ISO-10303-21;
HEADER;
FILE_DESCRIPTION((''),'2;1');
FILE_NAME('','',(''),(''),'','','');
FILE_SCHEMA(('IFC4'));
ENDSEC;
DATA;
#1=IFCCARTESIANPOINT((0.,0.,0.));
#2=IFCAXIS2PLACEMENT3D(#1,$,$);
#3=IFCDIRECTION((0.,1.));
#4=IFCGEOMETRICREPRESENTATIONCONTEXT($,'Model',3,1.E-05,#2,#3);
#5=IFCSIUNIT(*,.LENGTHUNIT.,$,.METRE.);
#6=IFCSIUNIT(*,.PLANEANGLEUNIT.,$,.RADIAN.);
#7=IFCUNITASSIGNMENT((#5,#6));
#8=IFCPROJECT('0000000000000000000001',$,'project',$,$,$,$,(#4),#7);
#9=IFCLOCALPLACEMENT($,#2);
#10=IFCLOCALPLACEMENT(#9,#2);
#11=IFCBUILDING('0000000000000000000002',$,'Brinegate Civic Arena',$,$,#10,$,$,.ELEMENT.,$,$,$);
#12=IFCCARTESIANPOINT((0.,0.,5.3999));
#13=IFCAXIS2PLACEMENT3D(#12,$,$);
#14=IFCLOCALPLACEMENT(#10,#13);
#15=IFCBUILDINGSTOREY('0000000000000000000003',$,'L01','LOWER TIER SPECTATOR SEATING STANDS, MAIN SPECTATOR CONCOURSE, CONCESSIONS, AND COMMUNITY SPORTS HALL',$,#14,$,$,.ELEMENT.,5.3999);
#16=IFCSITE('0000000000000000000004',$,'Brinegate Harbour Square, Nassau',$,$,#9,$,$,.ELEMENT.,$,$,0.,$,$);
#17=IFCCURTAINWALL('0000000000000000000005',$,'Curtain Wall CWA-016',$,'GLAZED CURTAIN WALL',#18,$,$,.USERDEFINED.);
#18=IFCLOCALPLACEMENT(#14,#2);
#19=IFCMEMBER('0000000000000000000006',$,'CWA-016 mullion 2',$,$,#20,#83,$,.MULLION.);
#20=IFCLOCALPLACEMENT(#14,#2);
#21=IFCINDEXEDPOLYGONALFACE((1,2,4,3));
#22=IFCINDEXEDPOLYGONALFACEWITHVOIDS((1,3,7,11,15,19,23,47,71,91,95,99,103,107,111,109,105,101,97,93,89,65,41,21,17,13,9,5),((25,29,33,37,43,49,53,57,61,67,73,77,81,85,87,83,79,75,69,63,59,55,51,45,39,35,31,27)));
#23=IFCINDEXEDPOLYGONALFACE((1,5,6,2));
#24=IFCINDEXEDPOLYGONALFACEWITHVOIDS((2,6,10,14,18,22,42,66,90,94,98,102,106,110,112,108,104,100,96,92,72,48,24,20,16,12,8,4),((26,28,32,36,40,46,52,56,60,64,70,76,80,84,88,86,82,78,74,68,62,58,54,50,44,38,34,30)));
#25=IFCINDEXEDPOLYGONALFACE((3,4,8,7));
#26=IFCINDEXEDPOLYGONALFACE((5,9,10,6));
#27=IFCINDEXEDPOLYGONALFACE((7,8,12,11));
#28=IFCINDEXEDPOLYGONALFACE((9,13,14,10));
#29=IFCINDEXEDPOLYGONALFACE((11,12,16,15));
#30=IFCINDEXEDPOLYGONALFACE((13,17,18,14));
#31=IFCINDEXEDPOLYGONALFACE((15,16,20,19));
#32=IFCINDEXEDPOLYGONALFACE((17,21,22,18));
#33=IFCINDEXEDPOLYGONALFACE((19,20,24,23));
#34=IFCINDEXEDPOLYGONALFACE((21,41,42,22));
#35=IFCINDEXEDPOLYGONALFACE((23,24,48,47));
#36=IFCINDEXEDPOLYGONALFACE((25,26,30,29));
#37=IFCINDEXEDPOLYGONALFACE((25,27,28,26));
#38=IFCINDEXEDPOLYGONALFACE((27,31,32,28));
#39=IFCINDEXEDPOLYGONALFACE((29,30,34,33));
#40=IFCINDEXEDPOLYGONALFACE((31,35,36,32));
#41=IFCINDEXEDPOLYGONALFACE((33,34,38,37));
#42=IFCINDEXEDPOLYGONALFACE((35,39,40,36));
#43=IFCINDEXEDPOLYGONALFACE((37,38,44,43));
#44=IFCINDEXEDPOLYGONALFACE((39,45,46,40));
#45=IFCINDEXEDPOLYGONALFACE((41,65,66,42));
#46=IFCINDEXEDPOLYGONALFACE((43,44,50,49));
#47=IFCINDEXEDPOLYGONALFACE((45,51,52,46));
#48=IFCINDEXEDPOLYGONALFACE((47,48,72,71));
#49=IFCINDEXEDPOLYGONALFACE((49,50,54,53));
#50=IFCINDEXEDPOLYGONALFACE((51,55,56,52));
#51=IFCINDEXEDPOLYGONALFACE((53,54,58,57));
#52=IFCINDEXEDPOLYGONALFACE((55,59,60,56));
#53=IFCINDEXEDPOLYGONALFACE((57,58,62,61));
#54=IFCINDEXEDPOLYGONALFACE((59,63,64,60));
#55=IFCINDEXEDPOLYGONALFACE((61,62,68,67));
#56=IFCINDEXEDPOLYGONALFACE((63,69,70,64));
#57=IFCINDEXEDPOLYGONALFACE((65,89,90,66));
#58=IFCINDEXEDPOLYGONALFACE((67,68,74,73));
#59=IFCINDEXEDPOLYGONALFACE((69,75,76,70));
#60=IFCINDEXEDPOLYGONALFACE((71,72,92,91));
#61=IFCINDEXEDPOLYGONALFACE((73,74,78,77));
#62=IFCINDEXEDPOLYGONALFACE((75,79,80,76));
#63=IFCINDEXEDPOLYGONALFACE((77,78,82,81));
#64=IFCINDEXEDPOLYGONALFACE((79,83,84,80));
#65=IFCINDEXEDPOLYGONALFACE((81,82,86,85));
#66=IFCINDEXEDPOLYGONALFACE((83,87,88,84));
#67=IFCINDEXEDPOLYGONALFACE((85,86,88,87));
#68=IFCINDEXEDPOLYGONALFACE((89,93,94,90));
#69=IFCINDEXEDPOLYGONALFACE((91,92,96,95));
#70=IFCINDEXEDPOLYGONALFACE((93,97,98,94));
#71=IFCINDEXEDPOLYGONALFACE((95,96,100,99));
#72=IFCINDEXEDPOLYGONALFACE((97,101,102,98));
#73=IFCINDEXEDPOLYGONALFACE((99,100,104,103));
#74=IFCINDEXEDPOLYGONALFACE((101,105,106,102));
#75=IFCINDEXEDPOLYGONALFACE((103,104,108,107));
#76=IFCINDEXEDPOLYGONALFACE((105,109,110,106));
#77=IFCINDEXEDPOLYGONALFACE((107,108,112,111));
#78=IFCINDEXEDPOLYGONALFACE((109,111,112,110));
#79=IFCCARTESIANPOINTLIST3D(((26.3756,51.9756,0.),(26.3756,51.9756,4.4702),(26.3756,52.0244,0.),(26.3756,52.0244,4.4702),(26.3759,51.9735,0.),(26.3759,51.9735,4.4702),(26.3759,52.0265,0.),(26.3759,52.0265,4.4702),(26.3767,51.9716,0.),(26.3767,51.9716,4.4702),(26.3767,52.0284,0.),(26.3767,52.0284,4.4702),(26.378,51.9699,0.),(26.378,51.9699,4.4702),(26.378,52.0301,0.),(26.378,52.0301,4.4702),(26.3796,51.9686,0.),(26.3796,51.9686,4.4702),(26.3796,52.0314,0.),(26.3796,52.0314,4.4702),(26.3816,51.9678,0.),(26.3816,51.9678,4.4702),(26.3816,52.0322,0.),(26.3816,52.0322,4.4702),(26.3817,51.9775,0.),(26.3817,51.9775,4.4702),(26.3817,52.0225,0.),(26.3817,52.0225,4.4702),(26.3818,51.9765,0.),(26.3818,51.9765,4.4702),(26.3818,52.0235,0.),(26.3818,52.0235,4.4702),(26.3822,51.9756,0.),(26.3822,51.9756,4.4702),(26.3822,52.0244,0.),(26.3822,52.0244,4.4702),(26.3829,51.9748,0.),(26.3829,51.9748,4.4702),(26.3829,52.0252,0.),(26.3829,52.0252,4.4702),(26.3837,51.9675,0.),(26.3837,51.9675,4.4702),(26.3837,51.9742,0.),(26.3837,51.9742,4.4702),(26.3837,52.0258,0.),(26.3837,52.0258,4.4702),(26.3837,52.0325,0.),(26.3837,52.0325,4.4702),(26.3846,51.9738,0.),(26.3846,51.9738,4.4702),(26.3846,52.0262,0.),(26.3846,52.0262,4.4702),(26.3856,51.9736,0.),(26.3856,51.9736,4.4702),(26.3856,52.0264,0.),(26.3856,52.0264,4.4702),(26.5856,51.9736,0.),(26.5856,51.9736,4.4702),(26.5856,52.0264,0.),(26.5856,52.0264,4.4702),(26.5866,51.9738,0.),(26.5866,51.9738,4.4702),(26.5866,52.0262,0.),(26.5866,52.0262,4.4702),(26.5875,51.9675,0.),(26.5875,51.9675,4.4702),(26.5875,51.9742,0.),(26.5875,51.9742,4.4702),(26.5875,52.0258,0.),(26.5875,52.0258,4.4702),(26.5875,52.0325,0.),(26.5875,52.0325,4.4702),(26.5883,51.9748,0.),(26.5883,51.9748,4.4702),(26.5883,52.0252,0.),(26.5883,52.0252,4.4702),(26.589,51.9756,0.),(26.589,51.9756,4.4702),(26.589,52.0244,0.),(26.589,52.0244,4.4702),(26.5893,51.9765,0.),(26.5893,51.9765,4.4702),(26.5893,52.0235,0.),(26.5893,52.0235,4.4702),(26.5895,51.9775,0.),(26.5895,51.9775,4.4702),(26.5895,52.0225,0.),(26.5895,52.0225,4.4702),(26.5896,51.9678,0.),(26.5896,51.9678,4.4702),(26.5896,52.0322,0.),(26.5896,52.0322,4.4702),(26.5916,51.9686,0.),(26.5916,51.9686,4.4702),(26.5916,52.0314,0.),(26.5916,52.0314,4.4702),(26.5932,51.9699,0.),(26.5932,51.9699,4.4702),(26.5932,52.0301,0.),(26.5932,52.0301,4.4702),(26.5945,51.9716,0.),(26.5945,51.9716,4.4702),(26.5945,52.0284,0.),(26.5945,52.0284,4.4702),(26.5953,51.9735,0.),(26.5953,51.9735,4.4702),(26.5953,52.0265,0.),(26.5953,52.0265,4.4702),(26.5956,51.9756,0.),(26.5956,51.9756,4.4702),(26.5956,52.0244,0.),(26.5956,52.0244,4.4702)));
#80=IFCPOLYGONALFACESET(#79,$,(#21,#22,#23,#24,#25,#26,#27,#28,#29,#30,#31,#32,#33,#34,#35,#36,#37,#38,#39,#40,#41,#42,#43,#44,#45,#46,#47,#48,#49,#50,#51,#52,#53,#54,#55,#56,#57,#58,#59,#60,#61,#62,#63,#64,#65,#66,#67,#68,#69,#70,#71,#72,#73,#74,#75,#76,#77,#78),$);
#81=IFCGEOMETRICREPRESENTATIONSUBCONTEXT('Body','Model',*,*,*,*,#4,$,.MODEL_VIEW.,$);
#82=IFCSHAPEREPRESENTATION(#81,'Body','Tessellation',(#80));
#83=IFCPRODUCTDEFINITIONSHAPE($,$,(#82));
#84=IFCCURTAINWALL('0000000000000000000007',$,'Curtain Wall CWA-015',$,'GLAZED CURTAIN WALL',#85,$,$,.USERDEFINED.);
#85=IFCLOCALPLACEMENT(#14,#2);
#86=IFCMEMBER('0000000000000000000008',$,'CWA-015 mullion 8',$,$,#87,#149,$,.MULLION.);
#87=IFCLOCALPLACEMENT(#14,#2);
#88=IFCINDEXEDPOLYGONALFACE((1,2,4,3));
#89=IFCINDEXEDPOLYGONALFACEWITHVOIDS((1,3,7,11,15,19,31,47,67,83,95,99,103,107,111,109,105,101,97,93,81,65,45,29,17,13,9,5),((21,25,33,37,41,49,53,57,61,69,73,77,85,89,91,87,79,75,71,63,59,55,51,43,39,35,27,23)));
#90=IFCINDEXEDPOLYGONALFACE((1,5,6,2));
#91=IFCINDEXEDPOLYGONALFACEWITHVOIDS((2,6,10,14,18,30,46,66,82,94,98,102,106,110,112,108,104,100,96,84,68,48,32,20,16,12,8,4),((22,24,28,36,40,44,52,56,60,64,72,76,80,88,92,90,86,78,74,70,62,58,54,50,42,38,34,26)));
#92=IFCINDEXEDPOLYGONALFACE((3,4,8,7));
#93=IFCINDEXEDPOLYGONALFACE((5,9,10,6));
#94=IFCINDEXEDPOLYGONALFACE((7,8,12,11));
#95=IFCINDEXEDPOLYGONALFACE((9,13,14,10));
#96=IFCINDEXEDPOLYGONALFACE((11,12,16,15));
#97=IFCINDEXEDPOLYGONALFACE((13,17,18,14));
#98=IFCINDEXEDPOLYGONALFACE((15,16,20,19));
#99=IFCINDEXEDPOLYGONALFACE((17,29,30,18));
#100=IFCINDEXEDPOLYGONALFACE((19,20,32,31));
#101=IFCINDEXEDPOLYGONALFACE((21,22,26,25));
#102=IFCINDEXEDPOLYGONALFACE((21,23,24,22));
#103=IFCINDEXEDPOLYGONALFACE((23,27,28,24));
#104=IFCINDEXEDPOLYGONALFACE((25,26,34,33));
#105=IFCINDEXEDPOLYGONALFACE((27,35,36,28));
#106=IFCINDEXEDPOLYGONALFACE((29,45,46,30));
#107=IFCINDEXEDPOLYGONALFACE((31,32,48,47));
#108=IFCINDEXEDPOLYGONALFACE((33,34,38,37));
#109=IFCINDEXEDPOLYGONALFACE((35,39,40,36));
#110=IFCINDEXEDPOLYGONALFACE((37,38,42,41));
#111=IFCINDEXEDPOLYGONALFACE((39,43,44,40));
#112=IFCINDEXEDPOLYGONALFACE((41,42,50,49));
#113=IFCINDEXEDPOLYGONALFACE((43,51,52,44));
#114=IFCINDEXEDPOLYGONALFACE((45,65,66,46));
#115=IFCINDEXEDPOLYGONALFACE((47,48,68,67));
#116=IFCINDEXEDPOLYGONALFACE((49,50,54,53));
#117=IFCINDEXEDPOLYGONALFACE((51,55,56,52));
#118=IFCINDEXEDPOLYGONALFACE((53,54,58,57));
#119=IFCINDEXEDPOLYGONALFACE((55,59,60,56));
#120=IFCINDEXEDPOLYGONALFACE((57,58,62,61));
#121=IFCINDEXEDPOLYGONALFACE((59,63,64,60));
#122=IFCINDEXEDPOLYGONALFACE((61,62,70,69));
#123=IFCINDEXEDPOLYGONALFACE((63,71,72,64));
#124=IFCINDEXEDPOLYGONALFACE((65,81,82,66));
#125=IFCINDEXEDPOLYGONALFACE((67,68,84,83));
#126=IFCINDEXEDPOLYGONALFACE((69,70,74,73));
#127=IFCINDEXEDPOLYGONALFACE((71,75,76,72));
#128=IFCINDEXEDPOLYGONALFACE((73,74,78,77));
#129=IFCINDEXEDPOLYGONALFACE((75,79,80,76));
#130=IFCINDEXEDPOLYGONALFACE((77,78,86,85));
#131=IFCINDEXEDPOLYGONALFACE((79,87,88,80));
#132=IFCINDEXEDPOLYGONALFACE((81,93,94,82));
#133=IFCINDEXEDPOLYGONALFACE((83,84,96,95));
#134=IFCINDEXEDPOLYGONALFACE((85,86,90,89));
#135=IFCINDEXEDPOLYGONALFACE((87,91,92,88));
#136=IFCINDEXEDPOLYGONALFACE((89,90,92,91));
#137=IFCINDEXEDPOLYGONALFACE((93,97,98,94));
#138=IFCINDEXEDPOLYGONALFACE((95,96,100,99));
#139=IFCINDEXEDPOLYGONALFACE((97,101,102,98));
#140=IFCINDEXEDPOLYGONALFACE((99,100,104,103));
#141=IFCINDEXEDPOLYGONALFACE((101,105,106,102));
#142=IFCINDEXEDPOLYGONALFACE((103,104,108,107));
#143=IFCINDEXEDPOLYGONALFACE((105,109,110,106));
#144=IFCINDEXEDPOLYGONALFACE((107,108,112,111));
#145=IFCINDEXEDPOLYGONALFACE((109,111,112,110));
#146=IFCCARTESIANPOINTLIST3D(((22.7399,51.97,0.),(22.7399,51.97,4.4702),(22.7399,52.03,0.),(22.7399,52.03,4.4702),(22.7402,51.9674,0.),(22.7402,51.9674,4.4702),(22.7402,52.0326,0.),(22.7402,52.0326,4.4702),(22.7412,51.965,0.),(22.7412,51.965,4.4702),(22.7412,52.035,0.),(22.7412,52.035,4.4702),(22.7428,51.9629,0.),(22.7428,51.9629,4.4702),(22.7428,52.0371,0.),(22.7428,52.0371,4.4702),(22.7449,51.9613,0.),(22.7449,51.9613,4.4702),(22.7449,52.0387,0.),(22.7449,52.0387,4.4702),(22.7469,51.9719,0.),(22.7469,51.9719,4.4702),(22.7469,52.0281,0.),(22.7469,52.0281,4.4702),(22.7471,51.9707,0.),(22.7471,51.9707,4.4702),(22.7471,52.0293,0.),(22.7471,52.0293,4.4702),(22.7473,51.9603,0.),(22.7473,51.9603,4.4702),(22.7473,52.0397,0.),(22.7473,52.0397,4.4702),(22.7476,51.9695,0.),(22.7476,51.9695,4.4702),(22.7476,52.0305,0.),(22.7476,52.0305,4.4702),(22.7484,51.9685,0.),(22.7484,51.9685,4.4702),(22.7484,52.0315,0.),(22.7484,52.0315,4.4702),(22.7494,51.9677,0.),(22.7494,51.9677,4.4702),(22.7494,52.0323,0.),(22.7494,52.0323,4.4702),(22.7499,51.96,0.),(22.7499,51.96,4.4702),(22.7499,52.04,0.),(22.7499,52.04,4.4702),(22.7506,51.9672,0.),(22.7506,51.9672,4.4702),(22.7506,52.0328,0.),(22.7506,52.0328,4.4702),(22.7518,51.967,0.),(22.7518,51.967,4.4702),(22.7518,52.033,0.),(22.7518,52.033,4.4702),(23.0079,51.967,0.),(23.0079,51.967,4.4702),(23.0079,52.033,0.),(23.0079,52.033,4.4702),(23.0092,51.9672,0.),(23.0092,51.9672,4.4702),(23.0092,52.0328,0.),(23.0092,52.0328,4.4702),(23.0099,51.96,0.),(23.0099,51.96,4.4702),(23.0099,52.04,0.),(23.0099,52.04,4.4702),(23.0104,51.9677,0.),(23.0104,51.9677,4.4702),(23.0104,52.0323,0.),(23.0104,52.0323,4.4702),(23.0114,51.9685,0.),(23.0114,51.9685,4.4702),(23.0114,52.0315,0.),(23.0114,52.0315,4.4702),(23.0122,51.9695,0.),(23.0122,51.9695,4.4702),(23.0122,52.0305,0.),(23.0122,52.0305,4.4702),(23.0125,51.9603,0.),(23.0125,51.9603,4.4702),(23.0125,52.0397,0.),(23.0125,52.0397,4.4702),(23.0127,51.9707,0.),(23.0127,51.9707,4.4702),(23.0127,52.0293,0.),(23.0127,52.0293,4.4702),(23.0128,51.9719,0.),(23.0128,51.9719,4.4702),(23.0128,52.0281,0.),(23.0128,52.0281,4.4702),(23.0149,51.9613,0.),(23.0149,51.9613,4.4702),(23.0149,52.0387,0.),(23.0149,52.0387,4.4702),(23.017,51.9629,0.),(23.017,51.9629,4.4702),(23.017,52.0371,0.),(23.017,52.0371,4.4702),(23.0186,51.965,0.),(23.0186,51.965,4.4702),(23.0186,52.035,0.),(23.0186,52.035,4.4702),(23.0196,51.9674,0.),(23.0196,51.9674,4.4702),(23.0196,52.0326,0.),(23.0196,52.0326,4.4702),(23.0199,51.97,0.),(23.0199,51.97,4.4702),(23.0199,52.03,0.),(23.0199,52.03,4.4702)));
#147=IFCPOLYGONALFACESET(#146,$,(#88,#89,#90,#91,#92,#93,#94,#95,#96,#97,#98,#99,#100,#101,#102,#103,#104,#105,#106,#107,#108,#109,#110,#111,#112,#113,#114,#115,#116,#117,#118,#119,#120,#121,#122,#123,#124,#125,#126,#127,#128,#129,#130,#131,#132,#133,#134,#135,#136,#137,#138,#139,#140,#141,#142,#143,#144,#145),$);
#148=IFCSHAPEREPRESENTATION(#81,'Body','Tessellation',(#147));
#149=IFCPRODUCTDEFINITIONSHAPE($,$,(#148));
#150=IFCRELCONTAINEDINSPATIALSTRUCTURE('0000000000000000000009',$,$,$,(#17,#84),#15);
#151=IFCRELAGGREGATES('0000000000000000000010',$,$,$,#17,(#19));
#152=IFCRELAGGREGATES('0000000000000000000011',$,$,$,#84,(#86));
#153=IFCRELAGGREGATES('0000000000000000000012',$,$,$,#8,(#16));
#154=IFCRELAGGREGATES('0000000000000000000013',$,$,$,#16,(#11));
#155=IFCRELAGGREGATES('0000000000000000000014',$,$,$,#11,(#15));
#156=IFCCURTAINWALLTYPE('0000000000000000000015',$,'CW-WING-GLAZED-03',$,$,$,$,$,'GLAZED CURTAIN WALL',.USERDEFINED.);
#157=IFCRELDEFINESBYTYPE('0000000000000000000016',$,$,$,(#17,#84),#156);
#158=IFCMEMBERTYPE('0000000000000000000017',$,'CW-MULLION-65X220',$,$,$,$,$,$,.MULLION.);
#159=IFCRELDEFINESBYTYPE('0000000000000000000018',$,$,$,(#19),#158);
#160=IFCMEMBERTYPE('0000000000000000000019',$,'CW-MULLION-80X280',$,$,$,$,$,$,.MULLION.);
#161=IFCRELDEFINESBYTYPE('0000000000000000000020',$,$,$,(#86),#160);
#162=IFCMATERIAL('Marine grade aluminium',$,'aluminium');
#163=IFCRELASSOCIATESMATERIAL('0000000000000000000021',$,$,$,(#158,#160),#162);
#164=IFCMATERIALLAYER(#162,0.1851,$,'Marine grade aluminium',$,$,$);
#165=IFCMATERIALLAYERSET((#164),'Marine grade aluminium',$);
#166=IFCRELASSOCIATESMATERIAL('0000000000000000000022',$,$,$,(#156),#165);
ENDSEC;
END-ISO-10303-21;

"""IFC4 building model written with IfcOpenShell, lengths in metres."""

from ifc_helpers import new_model, si_unit, direction, frame, origin, origin_2d, place, context, subcontext, project, spatial, hollow_rectangle, extrude, material, layer, layer_set, material_profile, profile_set, type_object, element, aggregate, save


model = new_model("IFC4")

# Units and contexts
model_context = context("Model", 3, precision=1e-05, world=origin(), true_north=direction((0.0, 1.0)))
body_context = subcontext(model_context, "Body", "Model", "MODEL_VIEW")
ifc_project = project(units=[si_unit("LENGTHUNIT", "METRE"), si_unit("PLANEANGLEUNIT", "RADIAN")], contexts=[model_context])

# Site, building, storey
site_placement = place(None, origin())
site = spatial("IfcSite", under=ifc_project, at=site_placement, Name="Brinegate Harbour Square, Nassau", CompositionType="ELEMENT", RefElevation=0.0)
building_placement = place(site_placement, origin())
building = spatial("IfcBuilding", under=site, at=building_placement, Name="Brinegate Civic Arena", CompositionType="ELEMENT")
storey_placement = place(building_placement, frame((0.0, 0.0, 5.3999)))
storey = spatial("IfcBuildingStorey", under=building, at=storey_placement, Name="L01", Description="LOWER TIER SPECTATOR SEATING STANDS, MAIN SPECTATOR CONCOURSE, CONCESSIONS, AND COMMUNITY SPORTS HALL", CompositionType="ELEMENT", Elevation=5.3999)

# Shared definitions
ifc_material_1 = material(Name="Marine grade aluminium", Category="aluminium")
ifc_material_profile_1 = material_profile(ifc_material_1, hollow_rectangle(XDim=0.0649, YDim=0.22, WallThickness=0.0061, InnerFilletRadius=0.0039, OuterFilletRadius=0.0081, at=origin_2d()), Name="MUL65X220")
ifc_profile_set_1 = profile_set([ifc_material_profile_1], Name="Marine grade aluminium")
member_type_1 = type_object("IfcMemberType", Name="CW-MULLION-65X220", PredefinedType="MULLION", material=ifc_profile_set_1)

# Curtain walls, members
ifc_layer_1 = layer(ifc_material_1, 0.1851, Name="Marine grade aluminium")
ifc_layer_set_1 = layer_set([ifc_layer_1], Name="Marine grade aluminium")
curtain_wall_type_1 = type_object("IfcCurtainWallType", Name="CW-WING-GLAZED-03", ElementType="GLAZED CURTAIN WALL", PredefinedType="USERDEFINED", material=ifc_layer_set_1)
curtain_wall_1_placement = place(storey_placement, origin())
curtain_wall_1 = element("IfcCurtainWall", 1, at=curtain_wall_1_placement, inside=storey, type_object=curtain_wall_type_1, Name="Curtain Wall CWA-016", ObjectType="GLAZED CURTAIN WALL", PredefinedType="USERDEFINED")
member_1_placement = place(storey_placement, frame((26.4856, 52.0, 0.0), z_axis=(0.0, 0.0, 1.0), x_axis=(0.0, 1.0, 0.0)))
member_1 = element("IfcMember", 2, at=member_1_placement, type_object=member_type_1, Name="CWA-016 mullion 2", PredefinedType="MULLION", context=body_context, shape_type="SweptSolid", body=[
    extrude(hollow_rectangle(XDim=0.0649, YDim=0.22, WallThickness=0.0061, InnerFilletRadius=0.0039, OuterFilletRadius=0.0081, at=origin_2d()), origin(), (0.0, 0.0, 1.0), 4.4702),
])
curtain_wall_2_placement = place(storey_placement, origin())
curtain_wall_2 = element("IfcCurtainWall", 3, at=curtain_wall_2_placement, inside=storey, type_object=curtain_wall_type_1, Name="Curtain Wall CWA-015", ObjectType="GLAZED CURTAIN WALL", PredefinedType="USERDEFINED")
ifc_material_profile_2 = material_profile(ifc_material_1, hollow_rectangle(XDim=0.0801, YDim=0.28, WallThickness=0.0071, InnerFilletRadius=0.0049, OuterFilletRadius=0.01, at=origin_2d()), Name="MUL80X280")
ifc_profile_set_2 = profile_set([ifc_material_profile_2], Name="Marine grade aluminium")
member_type_2 = type_object("IfcMemberType", Name="CW-MULLION-80X280", PredefinedType="MULLION", material=ifc_profile_set_2)
member_2_placement = place(storey_placement, frame((22.8799, 52.0, 0.0), z_axis=(0.0, 0.0, 1.0), x_axis=(0.0, 1.0, 0.0)))
member_2 = element("IfcMember", 4, at=member_2_placement, type_object=member_type_2, Name="CWA-015 mullion 8", PredefinedType="MULLION", context=body_context, shape_type="SweptSolid", body=[
    extrude(hollow_rectangle(XDim=0.0801, YDim=0.28, WallThickness=0.0071, InnerFilletRadius=0.0049, OuterFilletRadius=0.01, at=origin_2d()), origin(), (0.0, 0.0, 1.0), 4.4702),
])

aggregate(curtain_wall_1, [member_1])
aggregate(curtain_wall_2, [member_2])

save(model, "model.ifc")
